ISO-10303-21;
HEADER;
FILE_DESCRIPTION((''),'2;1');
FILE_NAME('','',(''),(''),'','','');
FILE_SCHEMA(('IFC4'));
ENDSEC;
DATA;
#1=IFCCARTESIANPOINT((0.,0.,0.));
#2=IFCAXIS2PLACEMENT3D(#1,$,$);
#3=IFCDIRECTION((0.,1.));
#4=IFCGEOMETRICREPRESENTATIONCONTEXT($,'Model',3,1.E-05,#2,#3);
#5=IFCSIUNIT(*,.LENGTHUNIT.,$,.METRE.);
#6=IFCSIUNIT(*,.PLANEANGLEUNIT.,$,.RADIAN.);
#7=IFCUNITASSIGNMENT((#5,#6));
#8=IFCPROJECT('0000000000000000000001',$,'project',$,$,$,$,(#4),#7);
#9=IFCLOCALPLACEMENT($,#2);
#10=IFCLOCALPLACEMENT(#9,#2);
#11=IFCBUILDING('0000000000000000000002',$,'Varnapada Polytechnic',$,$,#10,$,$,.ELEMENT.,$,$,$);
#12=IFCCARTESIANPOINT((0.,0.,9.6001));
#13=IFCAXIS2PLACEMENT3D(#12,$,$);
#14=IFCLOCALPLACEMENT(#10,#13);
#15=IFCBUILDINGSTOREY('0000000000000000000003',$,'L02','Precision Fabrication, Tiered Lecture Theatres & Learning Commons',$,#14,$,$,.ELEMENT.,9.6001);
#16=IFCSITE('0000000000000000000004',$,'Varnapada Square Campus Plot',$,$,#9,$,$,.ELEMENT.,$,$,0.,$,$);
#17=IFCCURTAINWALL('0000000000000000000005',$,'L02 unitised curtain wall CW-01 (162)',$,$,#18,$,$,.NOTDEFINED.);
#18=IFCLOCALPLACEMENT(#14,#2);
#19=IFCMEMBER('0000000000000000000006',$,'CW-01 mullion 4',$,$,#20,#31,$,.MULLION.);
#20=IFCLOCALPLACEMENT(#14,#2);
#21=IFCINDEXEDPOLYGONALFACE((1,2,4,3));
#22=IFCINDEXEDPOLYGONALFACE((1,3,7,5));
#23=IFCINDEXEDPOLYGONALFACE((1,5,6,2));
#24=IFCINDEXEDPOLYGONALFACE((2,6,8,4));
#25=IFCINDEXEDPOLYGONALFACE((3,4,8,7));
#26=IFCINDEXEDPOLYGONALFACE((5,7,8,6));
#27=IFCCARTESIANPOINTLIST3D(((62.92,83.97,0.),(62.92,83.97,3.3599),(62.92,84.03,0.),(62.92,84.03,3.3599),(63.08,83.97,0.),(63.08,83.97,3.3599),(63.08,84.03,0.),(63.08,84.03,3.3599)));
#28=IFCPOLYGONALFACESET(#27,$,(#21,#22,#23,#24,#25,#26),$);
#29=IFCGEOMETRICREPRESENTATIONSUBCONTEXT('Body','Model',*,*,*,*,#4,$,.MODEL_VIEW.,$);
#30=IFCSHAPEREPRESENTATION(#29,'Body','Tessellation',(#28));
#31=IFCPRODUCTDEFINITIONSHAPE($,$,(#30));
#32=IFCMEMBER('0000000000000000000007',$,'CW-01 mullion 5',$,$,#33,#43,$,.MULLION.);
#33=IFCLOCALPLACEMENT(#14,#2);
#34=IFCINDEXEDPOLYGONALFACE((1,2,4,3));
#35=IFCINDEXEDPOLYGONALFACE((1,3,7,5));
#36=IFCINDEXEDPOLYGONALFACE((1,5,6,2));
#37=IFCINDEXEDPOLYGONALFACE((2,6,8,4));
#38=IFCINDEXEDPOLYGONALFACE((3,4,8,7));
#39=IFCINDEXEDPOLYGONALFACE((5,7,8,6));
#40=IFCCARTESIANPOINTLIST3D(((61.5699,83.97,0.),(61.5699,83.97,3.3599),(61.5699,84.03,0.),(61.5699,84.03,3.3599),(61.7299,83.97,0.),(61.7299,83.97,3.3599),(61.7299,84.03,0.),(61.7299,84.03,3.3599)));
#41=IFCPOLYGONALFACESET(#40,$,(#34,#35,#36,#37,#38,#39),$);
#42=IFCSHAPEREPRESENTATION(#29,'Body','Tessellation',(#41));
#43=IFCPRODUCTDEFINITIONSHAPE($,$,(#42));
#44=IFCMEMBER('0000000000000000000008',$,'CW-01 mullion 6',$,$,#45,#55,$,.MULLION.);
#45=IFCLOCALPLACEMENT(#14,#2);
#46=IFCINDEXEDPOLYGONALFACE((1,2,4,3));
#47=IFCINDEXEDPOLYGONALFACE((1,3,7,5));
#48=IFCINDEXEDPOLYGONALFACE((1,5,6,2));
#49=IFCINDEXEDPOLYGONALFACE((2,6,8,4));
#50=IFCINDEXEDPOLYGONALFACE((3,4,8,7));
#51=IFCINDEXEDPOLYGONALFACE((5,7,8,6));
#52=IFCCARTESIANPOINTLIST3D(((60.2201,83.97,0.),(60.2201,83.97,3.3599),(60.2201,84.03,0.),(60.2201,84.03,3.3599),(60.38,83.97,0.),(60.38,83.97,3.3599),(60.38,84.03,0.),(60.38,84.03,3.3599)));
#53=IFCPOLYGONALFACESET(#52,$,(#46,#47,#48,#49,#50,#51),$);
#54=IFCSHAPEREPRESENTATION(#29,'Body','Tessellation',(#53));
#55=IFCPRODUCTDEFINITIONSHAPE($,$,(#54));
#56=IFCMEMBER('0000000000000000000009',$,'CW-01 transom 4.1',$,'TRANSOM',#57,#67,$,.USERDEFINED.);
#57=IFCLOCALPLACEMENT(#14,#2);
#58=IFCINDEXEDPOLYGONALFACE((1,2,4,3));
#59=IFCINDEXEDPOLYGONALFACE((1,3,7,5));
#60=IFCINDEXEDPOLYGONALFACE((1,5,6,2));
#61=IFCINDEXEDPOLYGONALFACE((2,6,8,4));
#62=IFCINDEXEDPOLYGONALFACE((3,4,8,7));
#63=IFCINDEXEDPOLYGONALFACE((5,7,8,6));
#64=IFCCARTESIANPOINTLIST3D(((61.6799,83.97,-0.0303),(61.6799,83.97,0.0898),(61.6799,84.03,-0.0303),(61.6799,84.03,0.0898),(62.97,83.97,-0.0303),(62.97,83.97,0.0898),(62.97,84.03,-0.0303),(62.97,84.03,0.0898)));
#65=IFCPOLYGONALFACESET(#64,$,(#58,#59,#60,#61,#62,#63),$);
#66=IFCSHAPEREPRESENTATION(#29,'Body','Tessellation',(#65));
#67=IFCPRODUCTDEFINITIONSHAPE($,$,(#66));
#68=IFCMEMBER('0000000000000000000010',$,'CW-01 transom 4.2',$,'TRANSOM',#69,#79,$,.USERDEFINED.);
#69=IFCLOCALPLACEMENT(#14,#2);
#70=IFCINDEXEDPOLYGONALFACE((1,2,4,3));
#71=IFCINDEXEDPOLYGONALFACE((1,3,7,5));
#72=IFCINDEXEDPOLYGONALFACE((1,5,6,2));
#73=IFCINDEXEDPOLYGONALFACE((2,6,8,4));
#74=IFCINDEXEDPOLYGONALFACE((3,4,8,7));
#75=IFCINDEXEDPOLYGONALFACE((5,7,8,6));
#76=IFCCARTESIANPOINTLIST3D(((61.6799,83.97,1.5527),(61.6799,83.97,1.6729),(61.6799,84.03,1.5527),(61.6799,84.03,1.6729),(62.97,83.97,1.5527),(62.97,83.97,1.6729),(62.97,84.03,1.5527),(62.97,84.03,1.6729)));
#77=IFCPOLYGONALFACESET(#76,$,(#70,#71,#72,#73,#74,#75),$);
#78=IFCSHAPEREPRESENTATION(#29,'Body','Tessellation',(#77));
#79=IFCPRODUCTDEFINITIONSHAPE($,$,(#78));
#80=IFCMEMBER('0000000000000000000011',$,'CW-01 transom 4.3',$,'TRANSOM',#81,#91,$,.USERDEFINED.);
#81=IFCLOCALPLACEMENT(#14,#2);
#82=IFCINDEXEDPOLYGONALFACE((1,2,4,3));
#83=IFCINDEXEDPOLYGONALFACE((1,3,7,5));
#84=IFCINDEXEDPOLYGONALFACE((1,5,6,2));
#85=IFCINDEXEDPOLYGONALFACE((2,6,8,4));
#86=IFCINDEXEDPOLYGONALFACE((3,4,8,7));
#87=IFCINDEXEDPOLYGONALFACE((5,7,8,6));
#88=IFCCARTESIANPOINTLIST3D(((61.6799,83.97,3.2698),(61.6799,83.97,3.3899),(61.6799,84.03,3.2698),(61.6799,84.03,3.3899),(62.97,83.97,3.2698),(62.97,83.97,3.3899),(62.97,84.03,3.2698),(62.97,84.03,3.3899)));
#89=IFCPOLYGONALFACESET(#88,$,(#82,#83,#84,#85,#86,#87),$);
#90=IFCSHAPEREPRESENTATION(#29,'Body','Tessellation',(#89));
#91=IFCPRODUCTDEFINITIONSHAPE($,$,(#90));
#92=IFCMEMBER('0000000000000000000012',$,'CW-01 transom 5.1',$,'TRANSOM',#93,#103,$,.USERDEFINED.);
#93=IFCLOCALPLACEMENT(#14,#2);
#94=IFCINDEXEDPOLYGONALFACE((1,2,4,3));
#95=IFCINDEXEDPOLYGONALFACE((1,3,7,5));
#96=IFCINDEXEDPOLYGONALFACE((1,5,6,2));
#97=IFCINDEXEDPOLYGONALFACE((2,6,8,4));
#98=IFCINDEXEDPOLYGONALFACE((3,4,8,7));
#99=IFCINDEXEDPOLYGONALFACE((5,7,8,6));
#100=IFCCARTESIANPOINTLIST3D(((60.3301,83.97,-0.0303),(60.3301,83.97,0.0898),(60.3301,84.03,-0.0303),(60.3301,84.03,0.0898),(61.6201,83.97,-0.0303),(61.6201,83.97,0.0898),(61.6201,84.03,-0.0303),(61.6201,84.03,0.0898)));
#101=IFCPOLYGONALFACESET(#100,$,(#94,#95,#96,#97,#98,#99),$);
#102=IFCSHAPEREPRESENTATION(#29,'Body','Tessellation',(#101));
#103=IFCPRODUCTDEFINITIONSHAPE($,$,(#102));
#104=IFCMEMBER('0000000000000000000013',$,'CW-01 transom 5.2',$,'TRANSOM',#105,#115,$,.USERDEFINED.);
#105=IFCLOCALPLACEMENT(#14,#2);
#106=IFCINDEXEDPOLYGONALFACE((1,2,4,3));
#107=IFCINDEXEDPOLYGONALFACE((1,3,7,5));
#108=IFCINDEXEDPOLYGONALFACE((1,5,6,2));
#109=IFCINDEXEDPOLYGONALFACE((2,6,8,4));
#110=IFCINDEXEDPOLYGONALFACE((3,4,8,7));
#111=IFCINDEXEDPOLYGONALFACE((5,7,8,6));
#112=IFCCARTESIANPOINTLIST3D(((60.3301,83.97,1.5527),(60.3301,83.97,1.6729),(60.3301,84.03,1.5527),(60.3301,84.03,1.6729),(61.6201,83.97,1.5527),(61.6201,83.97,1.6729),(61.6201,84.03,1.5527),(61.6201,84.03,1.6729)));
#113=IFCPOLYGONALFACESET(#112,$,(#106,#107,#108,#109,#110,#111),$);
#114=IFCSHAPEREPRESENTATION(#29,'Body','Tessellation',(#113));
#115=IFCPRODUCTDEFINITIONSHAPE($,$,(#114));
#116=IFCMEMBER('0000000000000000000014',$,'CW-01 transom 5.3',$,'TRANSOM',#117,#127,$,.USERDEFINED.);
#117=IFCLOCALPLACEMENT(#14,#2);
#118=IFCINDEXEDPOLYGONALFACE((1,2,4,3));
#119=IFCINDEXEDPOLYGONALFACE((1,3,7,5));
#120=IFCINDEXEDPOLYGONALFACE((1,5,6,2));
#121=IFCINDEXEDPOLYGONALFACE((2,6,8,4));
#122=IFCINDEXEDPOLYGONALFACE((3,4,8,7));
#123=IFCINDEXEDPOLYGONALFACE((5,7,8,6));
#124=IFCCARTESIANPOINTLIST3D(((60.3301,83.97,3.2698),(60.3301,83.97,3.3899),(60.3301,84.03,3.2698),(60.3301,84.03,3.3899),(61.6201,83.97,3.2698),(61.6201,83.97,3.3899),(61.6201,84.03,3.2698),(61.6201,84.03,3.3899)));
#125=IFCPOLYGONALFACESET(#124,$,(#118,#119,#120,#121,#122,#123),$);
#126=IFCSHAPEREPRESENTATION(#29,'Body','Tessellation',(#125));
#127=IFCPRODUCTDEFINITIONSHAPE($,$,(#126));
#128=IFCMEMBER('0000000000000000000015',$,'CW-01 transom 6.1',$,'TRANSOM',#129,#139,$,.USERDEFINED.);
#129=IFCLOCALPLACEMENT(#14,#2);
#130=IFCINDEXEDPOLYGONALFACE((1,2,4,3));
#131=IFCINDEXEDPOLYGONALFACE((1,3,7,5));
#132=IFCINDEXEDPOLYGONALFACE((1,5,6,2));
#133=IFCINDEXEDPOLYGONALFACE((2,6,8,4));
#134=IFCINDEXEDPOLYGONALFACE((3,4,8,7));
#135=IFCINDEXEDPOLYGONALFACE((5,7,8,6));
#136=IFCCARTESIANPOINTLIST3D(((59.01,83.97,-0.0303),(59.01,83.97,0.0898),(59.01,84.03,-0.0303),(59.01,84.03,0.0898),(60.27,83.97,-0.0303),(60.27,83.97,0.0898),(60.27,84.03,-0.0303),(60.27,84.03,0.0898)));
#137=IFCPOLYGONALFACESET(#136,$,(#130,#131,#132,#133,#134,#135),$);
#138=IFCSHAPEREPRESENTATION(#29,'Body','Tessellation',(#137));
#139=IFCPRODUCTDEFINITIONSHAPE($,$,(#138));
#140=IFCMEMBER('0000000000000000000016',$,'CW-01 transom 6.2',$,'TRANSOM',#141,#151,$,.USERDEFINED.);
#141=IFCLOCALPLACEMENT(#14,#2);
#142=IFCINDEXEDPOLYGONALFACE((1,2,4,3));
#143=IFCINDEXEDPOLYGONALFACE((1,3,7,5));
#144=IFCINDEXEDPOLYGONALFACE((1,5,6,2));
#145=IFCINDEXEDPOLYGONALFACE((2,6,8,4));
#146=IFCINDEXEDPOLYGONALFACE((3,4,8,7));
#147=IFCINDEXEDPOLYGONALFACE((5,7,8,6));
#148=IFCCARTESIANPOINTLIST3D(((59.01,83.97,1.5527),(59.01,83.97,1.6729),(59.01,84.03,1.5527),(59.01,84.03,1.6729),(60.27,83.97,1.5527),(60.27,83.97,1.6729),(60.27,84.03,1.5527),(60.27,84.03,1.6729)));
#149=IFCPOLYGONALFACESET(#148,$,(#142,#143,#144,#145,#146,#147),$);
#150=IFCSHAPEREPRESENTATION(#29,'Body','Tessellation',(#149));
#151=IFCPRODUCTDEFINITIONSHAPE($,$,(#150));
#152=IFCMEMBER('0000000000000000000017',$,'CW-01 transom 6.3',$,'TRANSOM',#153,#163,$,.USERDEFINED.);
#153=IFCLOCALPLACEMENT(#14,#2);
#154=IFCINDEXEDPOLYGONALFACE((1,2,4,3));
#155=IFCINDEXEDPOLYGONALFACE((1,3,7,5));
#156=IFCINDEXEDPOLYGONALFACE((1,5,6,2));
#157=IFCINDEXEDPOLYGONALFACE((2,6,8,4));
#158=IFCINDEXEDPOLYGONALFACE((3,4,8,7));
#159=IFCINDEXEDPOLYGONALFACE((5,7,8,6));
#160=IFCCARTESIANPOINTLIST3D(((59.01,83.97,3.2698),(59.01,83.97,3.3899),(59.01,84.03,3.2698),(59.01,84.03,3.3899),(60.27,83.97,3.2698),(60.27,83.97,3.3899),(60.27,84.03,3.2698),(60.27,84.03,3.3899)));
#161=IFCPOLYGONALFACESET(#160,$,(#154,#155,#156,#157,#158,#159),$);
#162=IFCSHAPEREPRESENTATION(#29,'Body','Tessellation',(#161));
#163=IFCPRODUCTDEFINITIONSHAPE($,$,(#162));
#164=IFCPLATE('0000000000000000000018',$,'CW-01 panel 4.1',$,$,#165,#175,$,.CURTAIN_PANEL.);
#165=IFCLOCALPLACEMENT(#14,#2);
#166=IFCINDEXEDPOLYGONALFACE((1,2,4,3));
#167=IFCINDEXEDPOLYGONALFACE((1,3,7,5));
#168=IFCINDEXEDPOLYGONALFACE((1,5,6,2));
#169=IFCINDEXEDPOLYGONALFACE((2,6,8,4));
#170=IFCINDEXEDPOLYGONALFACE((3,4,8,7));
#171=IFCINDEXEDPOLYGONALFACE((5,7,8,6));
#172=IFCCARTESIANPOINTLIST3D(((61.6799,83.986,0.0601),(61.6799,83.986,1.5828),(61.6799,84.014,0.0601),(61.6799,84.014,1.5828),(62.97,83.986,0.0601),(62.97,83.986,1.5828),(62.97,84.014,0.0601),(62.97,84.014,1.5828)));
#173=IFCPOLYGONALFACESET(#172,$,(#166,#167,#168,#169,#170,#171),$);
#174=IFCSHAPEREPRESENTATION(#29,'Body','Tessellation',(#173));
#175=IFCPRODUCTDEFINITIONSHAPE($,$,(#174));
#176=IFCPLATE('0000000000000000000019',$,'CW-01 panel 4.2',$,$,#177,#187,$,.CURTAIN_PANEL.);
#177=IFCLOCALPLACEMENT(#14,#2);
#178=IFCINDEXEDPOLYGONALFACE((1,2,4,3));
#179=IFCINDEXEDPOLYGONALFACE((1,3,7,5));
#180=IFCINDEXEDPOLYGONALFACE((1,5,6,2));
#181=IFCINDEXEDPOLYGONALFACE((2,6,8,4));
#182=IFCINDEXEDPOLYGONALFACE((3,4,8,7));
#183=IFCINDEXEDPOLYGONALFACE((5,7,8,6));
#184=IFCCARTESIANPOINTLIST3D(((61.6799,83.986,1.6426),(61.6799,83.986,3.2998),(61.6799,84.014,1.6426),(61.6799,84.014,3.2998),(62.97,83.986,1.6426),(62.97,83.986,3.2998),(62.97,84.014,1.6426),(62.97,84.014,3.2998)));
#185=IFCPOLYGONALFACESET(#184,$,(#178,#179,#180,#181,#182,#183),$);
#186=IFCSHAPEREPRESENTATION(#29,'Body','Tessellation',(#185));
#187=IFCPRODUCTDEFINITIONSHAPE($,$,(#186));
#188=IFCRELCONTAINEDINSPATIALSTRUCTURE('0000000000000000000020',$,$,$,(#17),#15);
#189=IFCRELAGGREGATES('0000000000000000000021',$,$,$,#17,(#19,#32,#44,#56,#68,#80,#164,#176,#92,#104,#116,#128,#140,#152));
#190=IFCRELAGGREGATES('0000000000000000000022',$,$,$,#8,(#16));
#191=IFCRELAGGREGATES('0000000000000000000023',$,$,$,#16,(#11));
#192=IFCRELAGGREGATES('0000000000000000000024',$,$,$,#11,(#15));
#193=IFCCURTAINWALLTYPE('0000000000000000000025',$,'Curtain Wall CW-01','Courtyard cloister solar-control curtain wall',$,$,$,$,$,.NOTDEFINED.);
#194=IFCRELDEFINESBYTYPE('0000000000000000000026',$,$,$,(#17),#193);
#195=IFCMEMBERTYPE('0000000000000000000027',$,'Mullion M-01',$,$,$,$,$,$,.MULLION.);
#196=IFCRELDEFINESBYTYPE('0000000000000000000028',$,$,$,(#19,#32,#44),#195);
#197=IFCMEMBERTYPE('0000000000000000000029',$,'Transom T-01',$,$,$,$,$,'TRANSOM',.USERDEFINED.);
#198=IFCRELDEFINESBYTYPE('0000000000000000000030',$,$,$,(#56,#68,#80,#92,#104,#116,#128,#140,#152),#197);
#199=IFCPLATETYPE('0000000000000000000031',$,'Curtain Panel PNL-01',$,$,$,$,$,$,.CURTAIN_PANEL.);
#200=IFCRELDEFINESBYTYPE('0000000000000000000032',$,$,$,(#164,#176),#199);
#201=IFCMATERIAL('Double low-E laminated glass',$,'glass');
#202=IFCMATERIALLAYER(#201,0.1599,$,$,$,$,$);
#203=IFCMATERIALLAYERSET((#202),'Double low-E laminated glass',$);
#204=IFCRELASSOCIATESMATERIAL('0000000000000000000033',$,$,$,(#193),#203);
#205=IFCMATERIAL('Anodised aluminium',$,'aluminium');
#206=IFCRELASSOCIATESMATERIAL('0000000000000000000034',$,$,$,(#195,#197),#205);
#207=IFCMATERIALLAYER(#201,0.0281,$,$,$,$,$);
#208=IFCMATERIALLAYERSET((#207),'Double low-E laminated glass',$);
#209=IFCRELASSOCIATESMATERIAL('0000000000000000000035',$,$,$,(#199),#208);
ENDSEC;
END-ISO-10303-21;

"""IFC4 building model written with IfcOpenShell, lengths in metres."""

from ifc_helpers import new_model, si_unit, direction, frame, origin, origin_2d, place, context, subcontext, project, spatial, rectangle, extrude, material, layer, layer_set, material_profile, profile_set, type_object, element, aggregate, save


model = new_model("IFC4")

# Units and contexts
model_context = context("Model", 3, precision=1e-05, world=origin(), true_north=direction((0.0, 1.0)))
body_context = subcontext(model_context, "Body", "Model", "MODEL_VIEW")
ifc_project = project(units=[si_unit("LENGTHUNIT", "METRE"), si_unit("PLANEANGLEUNIT", "RADIAN")], contexts=[model_context])

# Site, building, storey
site_placement = place(None, origin())
site = spatial("IfcSite", under=ifc_project, at=site_placement, Name="Varnapada Square Campus Plot", CompositionType="ELEMENT", RefElevation=0.0)
building_placement = place(site_placement, origin())
building = spatial("IfcBuilding", under=site, at=building_placement, Name="Varnapada Polytechnic", CompositionType="ELEMENT")
storey_placement = place(building_placement, frame((0.0, 0.0, 9.6001)))
storey = spatial("IfcBuildingStorey", under=building, at=storey_placement, Name="L02", Description="Precision Fabrication, Tiered Lecture Theatres & Learning Commons", CompositionType="ELEMENT", Elevation=9.6001)

# Curtain wall, members, plates
ifc_material_1 = material(Name="Double low-E laminated glass", Category="glass")
ifc_layer_1 = layer(ifc_material_1, 0.1599)
ifc_layer_set_1 = layer_set([ifc_layer_1], Name="Double low-E laminated glass")
curtain_wall_type = type_object("IfcCurtainWallType", Name="Curtain Wall CW-01", Description="Courtyard cloister solar-control curtain wall", PredefinedType="NOTDEFINED", material=ifc_layer_set_1)
curtain_wall_placement = place(storey_placement, origin())
curtain_wall = element("IfcCurtainWall", 1, at=curtain_wall_placement, inside=storey, type_object=curtain_wall_type, Name="L02 unitised curtain wall CW-01 (162)", PredefinedType="NOTDEFINED")
ifc_material_2 = material(Name="Anodised aluminium", Category="aluminium")
ifc_material_profile_1 = material_profile(ifc_material_2, rectangle(XDim=0.0601, YDim=0.1599, at=origin_2d()), Name="ALU M60x160")
ifc_profile_set_1 = profile_set([ifc_material_profile_1], Name="Anodised aluminium")
member_type_1 = type_object("IfcMemberType", Name="Mullion M-01", PredefinedType="MULLION", material=ifc_profile_set_1)
member_1_placement = place(storey_placement, frame((63.0, 84.0, 0.0), z_axis=(0.0, 0.0, 1.0), x_axis=(0.0, -1.0, 0.0)))
member_1 = element("IfcMember", 2, at=member_1_placement, type_object=member_type_1, Name="CW-01 mullion 4", PredefinedType="MULLION", context=body_context, shape_type="SweptSolid", body=[
    extrude(rectangle(XDim=0.0601, YDim=0.1599, at=origin_2d()), origin(), (0.0, 0.0, 1.0), 3.3599),
])
member_2_placement = place(storey_placement, frame((61.6499, 84.0, 0.0), z_axis=(0.0, 0.0, 1.0), x_axis=(0.0, -1.0, 0.0)))
member_2 = element("IfcMember", 3, at=member_2_placement, type_object=member_type_1, Name="CW-01 mullion 5", PredefinedType="MULLION", context=body_context, shape_type="SweptSolid", body=[
    extrude(rectangle(XDim=0.0601, YDim=0.1599, at=origin_2d()), origin(), (0.0, 0.0, 1.0), 3.3599),
])
member_3_placement = place(storey_placement, frame((60.3, 84.0, 0.0), z_axis=(0.0, 0.0, 1.0), x_axis=(0.0, -1.0, 0.0)))
member_3 = element("IfcMember", 4, at=member_3_placement, type_object=member_type_1, Name="CW-01 mullion 6", PredefinedType="MULLION", context=body_context, shape_type="SweptSolid", body=[
    extrude(rectangle(XDim=0.0601, YDim=0.1599, at=origin_2d()), origin(), (0.0, 0.0, 1.0), 3.3599),
])
ifc_material_profile_2 = material_profile(ifc_material_2, rectangle(XDim=0.0601, YDim=0.1201, at=origin_2d()), Name="ALU T60x120")
ifc_profile_set_2 = profile_set([ifc_material_profile_2], Name="Anodised aluminium")
member_type_2 = type_object("IfcMemberType", Name="Transom T-01", ElementType="TRANSOM", PredefinedType="USERDEFINED", material=ifc_profile_set_2)
member_4_placement = place(storey_placement, frame((62.97, 84.0, 0.0298), z_axis=(-1.0, 0.0, 0.0), x_axis=(0.0, -1.0, 0.0)))
member_4 = element("IfcMember", 5, at=member_4_placement, type_object=member_type_2, Name="CW-01 transom 4.1", ObjectType="TRANSOM", PredefinedType="USERDEFINED", context=body_context, shape_type="SweptSolid", body=[
    extrude(rectangle(XDim=0.0601, YDim=0.1201, at=origin_2d()), origin(), (0.0, 0.0, 1.0), 1.29),
])
member_5_placement = place(storey_placement, frame((62.97, 84.0, 1.6128), z_axis=(-1.0, 0.0, 0.0), x_axis=(0.0, -1.0, 0.0)))
member_5 = element("IfcMember", 6, at=member_5_placement, type_object=member_type_2, Name="CW-01 transom 4.2", ObjectType="TRANSOM", PredefinedType="USERDEFINED", context=body_context, shape_type="SweptSolid", body=[
    extrude(rectangle(XDim=0.0601, YDim=0.1201, at=origin_2d()), origin(), (0.0, 0.0, 1.0), 1.29),
])
member_6_placement = place(storey_placement, frame((62.97, 84.0, 3.3298), z_axis=(-1.0, 0.0, 0.0), x_axis=(0.0, -1.0, 0.0)))
member_6 = element("IfcMember", 7, at=member_6_placement, type_object=member_type_2, Name="CW-01 transom 4.3", ObjectType="TRANSOM", PredefinedType="USERDEFINED", context=body_context, shape_type="SweptSolid", body=[
    extrude(rectangle(XDim=0.0601, YDim=0.1201, at=origin_2d()), origin(), (0.0, 0.0, 1.0), 1.29),
])
member_7_placement = place(storey_placement, frame((61.6201, 84.0, 0.0298), z_axis=(-1.0, 0.0, 0.0), x_axis=(0.0, -1.0, 0.0)))
member_7 = element("IfcMember", 8, at=member_7_placement, type_object=member_type_2, Name="CW-01 transom 5.1", ObjectType="TRANSOM", PredefinedType="USERDEFINED", context=body_context, shape_type="SweptSolid", body=[
    extrude(rectangle(XDim=0.0601, YDim=0.1201, at=origin_2d()), origin(), (0.0, 0.0, 1.0), 1.29),
])
member_8_placement = place(storey_placement, frame((61.6201, 84.0, 1.6128), z_axis=(-1.0, 0.0, 0.0), x_axis=(0.0, -1.0, 0.0)))
member_8 = element("IfcMember", 9, at=member_8_placement, type_object=member_type_2, Name="CW-01 transom 5.2", ObjectType="TRANSOM", PredefinedType="USERDEFINED", context=body_context, shape_type="SweptSolid", body=[
    extrude(rectangle(XDim=0.0601, YDim=0.1201, at=origin_2d()), origin(), (0.0, 0.0, 1.0), 1.29),
])
member_9_placement = place(storey_placement, frame((61.6201, 84.0, 3.3298), z_axis=(-1.0, 0.0, 0.0), x_axis=(0.0, -1.0, 0.0)))
member_9 = element("IfcMember", 10, at=member_9_placement, type_object=member_type_2, Name="CW-01 transom 5.3", ObjectType="TRANSOM", PredefinedType="USERDEFINED", context=body_context, shape_type="SweptSolid", body=[
    extrude(rectangle(XDim=0.0601, YDim=0.1201, at=origin_2d()), origin(), (0.0, 0.0, 1.0), 1.29),
])
member_10_placement = place(storey_placement, frame((60.27, 84.0, 0.0298), z_axis=(-1.0, 0.0, 0.0), x_axis=(0.0, -1.0, 0.0)))
member_10 = element("IfcMember", 11, at=member_10_placement, type_object=member_type_2, Name="CW-01 transom 6.1", ObjectType="TRANSOM", PredefinedType="USERDEFINED", context=body_context, shape_type="SweptSolid", body=[
    extrude(rectangle(XDim=0.0601, YDim=0.1201, at=origin_2d()), origin(), (0.0, 0.0, 1.0), 1.26),
])
member_11_placement = place(storey_placement, frame((60.27, 84.0, 1.6128), z_axis=(-1.0, 0.0, 0.0), x_axis=(0.0, -1.0, 0.0)))
member_11 = element("IfcMember", 12, at=member_11_placement, type_object=member_type_2, Name="CW-01 transom 6.2", ObjectType="TRANSOM", PredefinedType="USERDEFINED", context=body_context, shape_type="SweptSolid", body=[
    extrude(rectangle(XDim=0.0601, YDim=0.1201, at=origin_2d()), origin(), (0.0, 0.0, 1.0), 1.26),
])
member_12_placement = place(storey_placement, frame((60.27, 84.0, 3.3298), z_axis=(-1.0, 0.0, 0.0), x_axis=(0.0, -1.0, 0.0)))
member_12 = element("IfcMember", 13, at=member_12_placement, type_object=member_type_2, Name="CW-01 transom 6.3", ObjectType="TRANSOM", PredefinedType="USERDEFINED", context=body_context, shape_type="SweptSolid", body=[
    extrude(rectangle(XDim=0.0601, YDim=0.1201, at=origin_2d()), origin(), (0.0, 0.0, 1.0), 1.26),
])
ifc_layer_2 = layer(ifc_material_1, 0.0281)
ifc_layer_set_2 = layer_set([ifc_layer_2], Name="Double low-E laminated glass")
plate_type = type_object("IfcPlateType", Name="Curtain Panel PNL-01", PredefinedType="CURTAIN_PANEL", material=ifc_layer_set_2)
plate_1_placement = place(storey_placement, frame((62.325, 84.0, 0.0601), z_axis=(0.0, 0.0, 1.0), x_axis=(-1.0, 0.0, 0.0)))
plate_1 = element("IfcPlate", 14, at=plate_1_placement, type_object=plate_type, Name="CW-01 panel 4.1", PredefinedType="CURTAIN_PANEL", context=body_context, shape_type="SweptSolid", body=[
    extrude(rectangle(XDim=1.29, YDim=0.0281, at=origin_2d()), origin(), (0.0, 0.0, 1.0), 1.5227),
])
plate_2_placement = place(storey_placement, frame((62.325, 84.0, 1.6426), z_axis=(0.0, 0.0, 1.0), x_axis=(-1.0, 0.0, 0.0)))
plate_2 = element("IfcPlate", 15, at=plate_2_placement, type_object=plate_type, Name="CW-01 panel 4.2", PredefinedType="CURTAIN_PANEL", context=body_context, shape_type="SweptSolid", body=[
    extrude(rectangle(XDim=1.29, YDim=0.0281, at=origin_2d()), origin(), (0.0, 0.0, 1.0), 1.6572),
])
aggregate(curtain_wall, [member_1, member_2, member_3, member_4, member_5, member_6, plate_1, plate_2, member_7, member_8, member_9, member_10, member_11, member_12])

save(model, "model.ifc")
